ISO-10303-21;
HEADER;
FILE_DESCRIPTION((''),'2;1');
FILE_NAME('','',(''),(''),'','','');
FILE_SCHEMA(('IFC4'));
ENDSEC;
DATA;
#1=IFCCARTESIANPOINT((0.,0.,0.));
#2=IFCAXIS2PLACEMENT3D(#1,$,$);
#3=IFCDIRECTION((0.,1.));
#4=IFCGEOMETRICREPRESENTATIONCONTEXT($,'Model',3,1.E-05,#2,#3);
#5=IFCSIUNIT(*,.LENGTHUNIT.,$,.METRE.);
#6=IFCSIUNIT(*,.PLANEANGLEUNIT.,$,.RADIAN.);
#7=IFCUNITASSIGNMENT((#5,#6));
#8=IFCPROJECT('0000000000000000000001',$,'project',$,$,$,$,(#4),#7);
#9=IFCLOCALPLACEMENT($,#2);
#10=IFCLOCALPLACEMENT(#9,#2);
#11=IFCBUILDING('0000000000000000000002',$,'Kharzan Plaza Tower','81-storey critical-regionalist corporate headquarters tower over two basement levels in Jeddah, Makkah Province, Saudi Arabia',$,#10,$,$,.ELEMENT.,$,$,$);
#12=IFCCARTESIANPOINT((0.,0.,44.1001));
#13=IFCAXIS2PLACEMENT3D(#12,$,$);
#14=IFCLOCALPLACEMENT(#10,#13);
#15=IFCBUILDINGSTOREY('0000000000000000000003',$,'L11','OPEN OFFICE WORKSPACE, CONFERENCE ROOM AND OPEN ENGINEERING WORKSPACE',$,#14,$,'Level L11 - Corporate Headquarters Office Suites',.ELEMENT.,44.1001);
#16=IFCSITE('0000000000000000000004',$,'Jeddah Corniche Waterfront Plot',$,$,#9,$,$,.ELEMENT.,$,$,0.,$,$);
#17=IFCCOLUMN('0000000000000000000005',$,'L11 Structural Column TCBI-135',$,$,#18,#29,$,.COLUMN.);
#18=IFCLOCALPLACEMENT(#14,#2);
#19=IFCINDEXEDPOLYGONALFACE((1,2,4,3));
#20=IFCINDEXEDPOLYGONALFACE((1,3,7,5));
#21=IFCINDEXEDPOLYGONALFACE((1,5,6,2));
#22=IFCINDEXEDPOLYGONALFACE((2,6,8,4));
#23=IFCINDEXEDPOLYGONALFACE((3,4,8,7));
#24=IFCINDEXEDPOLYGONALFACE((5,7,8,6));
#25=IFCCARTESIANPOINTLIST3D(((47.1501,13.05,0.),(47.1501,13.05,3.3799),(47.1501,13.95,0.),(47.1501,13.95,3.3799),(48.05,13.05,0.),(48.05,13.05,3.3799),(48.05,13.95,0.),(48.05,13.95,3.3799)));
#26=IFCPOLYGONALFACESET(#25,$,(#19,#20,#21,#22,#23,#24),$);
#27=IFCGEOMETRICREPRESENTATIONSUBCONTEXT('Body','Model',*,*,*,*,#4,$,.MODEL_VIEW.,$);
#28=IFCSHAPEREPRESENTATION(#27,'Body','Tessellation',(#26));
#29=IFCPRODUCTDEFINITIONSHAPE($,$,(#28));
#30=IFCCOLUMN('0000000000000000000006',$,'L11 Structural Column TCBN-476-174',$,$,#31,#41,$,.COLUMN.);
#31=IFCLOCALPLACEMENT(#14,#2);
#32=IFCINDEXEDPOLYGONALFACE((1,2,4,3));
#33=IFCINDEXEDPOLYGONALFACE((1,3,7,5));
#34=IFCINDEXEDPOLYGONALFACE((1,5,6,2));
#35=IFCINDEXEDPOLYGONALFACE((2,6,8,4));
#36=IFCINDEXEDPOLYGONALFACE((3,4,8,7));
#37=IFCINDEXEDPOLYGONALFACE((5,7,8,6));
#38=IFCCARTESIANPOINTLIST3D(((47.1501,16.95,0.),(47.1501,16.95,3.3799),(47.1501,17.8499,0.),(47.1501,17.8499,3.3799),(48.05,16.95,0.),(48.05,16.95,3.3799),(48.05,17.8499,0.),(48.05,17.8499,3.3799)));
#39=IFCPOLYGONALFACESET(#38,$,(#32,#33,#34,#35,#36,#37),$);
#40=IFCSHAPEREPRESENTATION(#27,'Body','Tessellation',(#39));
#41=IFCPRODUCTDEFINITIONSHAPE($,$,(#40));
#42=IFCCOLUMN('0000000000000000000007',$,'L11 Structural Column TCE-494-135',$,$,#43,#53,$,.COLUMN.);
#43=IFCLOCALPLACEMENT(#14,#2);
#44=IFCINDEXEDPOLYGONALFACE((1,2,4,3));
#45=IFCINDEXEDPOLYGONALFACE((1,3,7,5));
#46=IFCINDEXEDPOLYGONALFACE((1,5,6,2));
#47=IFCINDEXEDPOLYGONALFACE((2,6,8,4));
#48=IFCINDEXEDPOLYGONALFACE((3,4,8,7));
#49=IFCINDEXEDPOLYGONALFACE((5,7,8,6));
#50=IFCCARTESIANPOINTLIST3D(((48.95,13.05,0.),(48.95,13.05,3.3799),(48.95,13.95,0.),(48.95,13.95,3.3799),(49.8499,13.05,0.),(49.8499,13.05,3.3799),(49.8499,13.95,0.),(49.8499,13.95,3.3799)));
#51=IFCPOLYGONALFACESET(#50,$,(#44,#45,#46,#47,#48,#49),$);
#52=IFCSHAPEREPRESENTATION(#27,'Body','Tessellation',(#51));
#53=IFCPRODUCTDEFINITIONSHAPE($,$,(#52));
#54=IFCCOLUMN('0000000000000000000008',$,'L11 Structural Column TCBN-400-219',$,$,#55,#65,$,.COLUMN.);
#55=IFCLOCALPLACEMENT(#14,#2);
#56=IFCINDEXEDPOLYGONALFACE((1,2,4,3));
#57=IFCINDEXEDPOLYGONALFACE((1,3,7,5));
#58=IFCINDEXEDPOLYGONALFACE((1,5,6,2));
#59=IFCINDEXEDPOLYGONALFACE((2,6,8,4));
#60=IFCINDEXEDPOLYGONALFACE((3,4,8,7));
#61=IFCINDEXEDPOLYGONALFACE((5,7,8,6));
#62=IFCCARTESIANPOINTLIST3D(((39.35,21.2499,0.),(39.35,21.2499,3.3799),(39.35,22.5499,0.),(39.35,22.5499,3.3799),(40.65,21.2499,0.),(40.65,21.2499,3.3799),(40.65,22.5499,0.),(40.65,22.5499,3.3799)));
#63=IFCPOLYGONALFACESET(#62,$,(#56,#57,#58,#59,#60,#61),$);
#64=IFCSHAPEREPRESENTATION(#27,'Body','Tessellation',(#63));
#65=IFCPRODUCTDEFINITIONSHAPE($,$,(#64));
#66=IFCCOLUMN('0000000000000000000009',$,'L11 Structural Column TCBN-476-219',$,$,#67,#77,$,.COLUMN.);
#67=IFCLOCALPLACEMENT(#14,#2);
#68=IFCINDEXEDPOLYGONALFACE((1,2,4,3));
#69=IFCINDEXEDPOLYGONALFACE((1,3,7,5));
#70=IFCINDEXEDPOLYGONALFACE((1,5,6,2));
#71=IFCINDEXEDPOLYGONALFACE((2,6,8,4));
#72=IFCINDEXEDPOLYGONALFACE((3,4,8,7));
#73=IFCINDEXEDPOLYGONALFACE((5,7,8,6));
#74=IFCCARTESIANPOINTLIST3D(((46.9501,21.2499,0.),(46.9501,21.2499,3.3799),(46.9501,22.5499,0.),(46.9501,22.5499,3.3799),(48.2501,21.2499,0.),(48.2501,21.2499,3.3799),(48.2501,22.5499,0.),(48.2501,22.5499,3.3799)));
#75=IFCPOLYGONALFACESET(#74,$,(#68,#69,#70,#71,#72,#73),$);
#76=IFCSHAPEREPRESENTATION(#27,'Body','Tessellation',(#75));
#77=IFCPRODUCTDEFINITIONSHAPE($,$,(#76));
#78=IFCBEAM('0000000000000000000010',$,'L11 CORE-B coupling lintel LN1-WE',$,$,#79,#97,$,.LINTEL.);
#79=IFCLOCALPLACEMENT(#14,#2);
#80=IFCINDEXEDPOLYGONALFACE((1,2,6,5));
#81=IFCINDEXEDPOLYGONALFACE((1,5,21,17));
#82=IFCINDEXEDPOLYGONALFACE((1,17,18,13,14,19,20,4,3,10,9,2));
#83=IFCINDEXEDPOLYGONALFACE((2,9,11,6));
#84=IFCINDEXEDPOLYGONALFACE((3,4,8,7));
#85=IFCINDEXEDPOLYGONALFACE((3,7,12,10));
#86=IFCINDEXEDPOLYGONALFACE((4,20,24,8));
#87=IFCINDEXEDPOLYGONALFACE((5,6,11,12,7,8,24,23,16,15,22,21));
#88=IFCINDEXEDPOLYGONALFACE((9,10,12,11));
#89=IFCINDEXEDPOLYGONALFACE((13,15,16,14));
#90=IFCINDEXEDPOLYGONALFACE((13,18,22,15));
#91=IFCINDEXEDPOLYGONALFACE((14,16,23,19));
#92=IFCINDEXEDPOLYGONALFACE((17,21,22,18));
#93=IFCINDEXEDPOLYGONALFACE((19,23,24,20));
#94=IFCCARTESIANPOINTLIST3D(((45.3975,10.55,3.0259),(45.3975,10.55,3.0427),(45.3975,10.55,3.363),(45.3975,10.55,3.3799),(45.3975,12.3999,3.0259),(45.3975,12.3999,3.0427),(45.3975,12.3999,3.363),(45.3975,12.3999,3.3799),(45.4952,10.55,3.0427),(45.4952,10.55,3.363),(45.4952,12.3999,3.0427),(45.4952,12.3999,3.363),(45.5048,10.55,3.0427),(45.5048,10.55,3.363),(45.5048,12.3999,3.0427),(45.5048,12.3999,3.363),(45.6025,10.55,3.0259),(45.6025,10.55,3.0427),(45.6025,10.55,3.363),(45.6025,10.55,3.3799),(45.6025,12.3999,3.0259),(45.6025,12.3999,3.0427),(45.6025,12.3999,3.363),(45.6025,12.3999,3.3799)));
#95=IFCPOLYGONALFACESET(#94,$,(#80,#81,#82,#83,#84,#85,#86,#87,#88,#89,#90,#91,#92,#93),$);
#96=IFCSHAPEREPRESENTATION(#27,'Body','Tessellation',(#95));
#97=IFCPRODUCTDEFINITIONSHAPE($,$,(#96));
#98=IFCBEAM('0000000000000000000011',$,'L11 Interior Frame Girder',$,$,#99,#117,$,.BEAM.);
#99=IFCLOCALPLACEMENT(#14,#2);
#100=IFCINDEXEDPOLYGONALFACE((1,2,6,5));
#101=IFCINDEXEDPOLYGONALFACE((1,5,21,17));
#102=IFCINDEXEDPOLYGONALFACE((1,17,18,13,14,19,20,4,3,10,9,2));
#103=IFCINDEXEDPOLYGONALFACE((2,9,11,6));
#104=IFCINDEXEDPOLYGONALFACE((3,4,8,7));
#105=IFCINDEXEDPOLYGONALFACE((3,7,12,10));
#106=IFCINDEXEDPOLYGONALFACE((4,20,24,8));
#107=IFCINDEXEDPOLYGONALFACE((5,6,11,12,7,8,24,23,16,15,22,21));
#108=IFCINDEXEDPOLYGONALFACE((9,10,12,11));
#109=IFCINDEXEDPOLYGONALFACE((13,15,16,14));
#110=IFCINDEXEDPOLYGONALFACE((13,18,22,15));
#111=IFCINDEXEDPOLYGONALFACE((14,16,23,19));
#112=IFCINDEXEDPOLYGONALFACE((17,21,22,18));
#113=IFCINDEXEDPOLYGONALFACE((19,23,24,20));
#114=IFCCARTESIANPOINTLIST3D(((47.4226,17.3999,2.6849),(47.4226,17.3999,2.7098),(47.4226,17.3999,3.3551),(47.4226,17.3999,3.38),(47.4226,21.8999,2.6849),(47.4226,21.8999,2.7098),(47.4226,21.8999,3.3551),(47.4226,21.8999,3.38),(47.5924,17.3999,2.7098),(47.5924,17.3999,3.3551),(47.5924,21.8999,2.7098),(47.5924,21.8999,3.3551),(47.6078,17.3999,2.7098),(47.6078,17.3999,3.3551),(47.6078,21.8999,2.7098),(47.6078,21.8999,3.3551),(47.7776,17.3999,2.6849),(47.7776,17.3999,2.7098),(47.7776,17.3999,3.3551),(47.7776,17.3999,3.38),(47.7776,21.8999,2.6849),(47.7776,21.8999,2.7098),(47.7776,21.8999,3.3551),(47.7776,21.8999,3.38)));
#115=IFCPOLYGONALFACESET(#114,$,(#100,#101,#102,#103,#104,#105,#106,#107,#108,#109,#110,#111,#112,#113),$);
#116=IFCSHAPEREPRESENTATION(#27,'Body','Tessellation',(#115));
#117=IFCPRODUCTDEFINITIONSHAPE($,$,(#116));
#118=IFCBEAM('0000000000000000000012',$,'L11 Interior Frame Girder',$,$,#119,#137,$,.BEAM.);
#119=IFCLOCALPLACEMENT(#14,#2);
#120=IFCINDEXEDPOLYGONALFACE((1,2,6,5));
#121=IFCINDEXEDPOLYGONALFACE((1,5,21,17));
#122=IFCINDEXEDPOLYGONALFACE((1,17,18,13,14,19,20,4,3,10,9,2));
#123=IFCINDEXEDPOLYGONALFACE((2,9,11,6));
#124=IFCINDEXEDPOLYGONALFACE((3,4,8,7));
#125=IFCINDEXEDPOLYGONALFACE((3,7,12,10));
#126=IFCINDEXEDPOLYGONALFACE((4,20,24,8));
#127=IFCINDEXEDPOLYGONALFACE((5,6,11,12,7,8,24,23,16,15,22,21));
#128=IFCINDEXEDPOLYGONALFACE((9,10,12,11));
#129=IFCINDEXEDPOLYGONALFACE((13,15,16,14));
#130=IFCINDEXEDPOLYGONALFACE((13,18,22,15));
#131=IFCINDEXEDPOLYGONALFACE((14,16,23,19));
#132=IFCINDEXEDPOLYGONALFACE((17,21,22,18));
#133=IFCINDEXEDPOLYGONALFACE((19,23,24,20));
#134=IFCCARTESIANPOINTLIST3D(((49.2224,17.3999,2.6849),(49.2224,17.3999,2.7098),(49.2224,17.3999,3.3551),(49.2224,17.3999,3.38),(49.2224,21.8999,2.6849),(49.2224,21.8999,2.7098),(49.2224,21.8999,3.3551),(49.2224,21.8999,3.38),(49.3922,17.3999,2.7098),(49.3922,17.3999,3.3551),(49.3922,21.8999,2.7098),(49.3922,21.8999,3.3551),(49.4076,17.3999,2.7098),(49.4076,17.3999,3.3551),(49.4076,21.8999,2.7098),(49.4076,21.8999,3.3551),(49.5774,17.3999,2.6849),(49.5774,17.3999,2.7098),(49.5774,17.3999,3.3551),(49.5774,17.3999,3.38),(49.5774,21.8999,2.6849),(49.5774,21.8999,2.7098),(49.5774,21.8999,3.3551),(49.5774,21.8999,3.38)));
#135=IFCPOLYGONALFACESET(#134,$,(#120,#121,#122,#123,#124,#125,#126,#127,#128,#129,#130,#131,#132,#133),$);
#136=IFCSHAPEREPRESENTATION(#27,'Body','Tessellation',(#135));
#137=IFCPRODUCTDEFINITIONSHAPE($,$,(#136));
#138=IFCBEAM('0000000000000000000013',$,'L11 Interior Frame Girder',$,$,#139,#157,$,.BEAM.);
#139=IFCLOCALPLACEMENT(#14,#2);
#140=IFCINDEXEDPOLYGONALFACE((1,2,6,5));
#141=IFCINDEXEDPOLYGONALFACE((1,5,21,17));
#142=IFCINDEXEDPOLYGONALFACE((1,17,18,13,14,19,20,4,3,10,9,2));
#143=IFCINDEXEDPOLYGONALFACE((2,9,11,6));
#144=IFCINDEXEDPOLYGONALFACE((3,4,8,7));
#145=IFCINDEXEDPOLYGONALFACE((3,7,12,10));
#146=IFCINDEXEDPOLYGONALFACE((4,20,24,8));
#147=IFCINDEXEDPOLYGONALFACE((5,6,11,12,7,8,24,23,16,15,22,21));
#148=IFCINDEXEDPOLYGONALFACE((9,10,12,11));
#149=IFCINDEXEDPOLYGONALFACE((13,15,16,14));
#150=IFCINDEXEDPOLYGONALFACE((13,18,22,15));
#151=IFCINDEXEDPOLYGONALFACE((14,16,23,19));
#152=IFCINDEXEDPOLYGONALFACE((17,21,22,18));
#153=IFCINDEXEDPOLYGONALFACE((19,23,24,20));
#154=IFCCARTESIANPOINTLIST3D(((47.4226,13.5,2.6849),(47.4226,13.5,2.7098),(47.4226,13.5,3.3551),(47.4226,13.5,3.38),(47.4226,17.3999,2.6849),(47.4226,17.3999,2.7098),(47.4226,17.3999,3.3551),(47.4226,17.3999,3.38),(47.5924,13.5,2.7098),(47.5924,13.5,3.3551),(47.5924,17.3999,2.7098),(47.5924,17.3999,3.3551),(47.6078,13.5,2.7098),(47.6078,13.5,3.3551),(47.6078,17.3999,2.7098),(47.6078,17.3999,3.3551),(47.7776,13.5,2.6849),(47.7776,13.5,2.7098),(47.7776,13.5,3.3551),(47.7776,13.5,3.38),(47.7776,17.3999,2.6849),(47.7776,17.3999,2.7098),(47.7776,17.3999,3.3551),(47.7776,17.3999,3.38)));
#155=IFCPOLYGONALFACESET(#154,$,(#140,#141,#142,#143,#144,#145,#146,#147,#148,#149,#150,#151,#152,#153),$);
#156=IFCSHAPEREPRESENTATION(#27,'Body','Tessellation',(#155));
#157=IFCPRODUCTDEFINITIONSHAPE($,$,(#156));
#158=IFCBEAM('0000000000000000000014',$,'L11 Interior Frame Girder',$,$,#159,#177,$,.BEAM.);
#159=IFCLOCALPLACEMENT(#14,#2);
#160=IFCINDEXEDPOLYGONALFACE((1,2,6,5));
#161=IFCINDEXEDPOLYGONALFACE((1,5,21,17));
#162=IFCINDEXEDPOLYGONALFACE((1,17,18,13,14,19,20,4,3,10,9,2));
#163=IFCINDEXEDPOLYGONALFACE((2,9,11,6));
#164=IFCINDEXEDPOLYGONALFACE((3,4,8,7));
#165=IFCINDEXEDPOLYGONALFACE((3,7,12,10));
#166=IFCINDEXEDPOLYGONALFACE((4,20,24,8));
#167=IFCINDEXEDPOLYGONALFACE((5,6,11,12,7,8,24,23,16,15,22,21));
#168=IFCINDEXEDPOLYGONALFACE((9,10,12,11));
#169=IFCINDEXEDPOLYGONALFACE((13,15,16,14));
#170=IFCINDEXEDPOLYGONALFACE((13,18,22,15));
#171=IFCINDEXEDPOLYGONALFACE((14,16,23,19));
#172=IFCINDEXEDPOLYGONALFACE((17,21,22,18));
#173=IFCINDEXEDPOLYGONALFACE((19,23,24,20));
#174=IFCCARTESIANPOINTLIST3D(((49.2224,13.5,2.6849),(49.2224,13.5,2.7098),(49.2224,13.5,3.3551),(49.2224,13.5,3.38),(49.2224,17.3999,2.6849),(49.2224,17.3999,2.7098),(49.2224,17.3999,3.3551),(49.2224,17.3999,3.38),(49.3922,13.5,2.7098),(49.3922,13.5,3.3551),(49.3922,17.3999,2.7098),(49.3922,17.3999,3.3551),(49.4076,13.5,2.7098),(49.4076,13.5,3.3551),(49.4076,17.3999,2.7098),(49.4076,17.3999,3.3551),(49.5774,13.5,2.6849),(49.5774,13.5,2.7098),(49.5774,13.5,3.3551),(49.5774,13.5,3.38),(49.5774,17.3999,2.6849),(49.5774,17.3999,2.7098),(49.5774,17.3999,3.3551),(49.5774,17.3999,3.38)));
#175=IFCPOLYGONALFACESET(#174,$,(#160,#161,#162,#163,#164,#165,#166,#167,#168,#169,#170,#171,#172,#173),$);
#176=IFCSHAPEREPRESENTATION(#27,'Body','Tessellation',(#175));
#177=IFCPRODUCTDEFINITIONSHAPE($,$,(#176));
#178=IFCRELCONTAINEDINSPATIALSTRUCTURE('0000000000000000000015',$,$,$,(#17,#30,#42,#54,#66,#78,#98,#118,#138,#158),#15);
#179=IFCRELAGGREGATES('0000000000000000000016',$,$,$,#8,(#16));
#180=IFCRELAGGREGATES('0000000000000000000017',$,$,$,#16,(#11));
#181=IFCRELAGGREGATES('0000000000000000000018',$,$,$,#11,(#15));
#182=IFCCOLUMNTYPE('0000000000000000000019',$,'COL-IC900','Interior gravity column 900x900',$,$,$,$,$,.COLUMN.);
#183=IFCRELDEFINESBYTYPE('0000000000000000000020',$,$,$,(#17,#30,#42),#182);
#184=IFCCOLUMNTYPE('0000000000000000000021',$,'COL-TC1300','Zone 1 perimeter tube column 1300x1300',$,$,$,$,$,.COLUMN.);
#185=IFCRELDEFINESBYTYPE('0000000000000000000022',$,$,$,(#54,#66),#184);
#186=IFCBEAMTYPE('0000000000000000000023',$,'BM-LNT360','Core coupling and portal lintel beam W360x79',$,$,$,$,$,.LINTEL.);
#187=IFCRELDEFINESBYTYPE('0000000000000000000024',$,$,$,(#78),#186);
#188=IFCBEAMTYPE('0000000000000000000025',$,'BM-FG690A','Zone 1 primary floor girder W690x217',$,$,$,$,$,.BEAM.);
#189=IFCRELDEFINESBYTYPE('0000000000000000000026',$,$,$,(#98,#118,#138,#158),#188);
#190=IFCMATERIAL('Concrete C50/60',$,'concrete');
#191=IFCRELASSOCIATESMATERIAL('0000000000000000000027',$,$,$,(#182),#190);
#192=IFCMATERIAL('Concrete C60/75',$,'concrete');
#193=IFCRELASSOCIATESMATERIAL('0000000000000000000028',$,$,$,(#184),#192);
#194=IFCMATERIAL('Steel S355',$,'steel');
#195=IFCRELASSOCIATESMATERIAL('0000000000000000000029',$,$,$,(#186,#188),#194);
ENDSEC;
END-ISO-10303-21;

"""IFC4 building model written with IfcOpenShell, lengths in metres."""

from ifc_helpers import new_model, si_unit, direction, frame, origin, origin_2d, place, context, subcontext, project, spatial, rectangle, i_section, extrude, source, transform, mapped, material, material_profile, profile_set, type_object, element, save


model = new_model("IFC4")

# Units and contexts
model_context = context("Model", 3, precision=1e-05, world=origin(), true_north=direction((0.0, 1.0)))
body_context = subcontext(model_context, "Body", "Model", "MODEL_VIEW")
ifc_project = project(units=[si_unit("LENGTHUNIT", "METRE"), si_unit("PLANEANGLEUNIT", "RADIAN")], contexts=[model_context])

# Site, building, storey
site_placement = place(None, origin())
site = spatial("IfcSite", under=ifc_project, at=site_placement, Name="Jeddah Corniche Waterfront Plot", CompositionType="ELEMENT", RefElevation=0.0)
building_placement = place(site_placement, origin())
building = spatial("IfcBuilding", under=site, at=building_placement, Name="Kharzan Plaza Tower", Description="81-storey critical-regionalist corporate headquarters tower over two basement levels in Jeddah, Makkah Province, Saudi Arabia", CompositionType="ELEMENT")
storey_placement = place(building_placement, frame((0.0, 0.0, 44.1001)))
storey = spatial("IfcBuildingStorey", under=building, at=storey_placement, Name="L11", Description="OPEN OFFICE WORKSPACE, CONFERENCE ROOM AND OPEN ENGINEERING WORKSPACE", LongName="Level L11 - Corporate Headquarters Office Suites", CompositionType="ELEMENT", Elevation=44.1001)

# Columns
ifc_material_1 = material(Name="Concrete C50/60", Category="concrete")
ifc_material_profile_1 = material_profile(ifc_material_1, rectangle(XDim=0.8999, YDim=0.8999, at=origin_2d()), Name="RC-IC900x900")
ifc_profile_set_1 = profile_set([ifc_material_profile_1], Name="Concrete C50/60")
column_type_1 = type_object("IfcColumnType", Name="COL-IC900", Description="Interior gravity column 900x900", PredefinedType="COLUMN", material=ifc_profile_set_1)
shared_shape_1 = source(origin(), body_context, "Body", "SweptSolid", [
    extrude(rectangle(XDim=0.8999, YDim=0.8999, at=origin_2d()), origin(), (0.0, 0.0, 1.0), 3.3799),
])
for number, where, z_axis, x_axis, name in (
    (1, (47.6001, 13.5, 0.0), (0.0, 0.0, 1.0), (1.0, 0.0, 0.0), "L11 Structural Column TCBI-135"),
    (2, (47.6001, 17.3999, 0.0), (0.0, 0.0, 1.0), (1.0, 0.0, 0.0), "L11 Structural Column TCBN-476-174"),
    (3, (49.3999, 13.5, 0.0), (0.0, 0.0, 1.0), (1.0, 0.0, 0.0), "L11 Structural Column TCE-494-135"),
):
    element("IfcColumn", number, at=place(storey_placement, frame(where, z_axis=z_axis, x_axis=x_axis)), inside=storey, type_object=column_type_1, Name=name, PredefinedType="COLUMN", context=body_context, shape_type="MappedRepresentation", body=[
        mapped(shared_shape_1, transform((0.0, 0.0, 0.0), x_axis=(1.0, 0.0, 0.0), y_axis=(0.0, 1.0, 0.0), z_axis=(0.0, 0.0, 1.0))),
    ])
ifc_material_2 = material(Name="Concrete C60/75", Category="concrete")
ifc_material_profile_2 = material_profile(ifc_material_2, rectangle(XDim=1.3, YDim=1.3, at=origin_2d()), Name="RC-TC1300x1300")
ifc_profile_set_2 = profile_set([ifc_material_profile_2], Name="Concrete C60/75")
column_type_2 = type_object("IfcColumnType", Name="COL-TC1300", Description="Zone 1 perimeter tube column 1300x1300", PredefinedType="COLUMN", material=ifc_profile_set_2)
shared_shape_2 = source(origin(), body_context, "Body", "SweptSolid", [
    extrude(rectangle(XDim=1.3, YDim=1.3, at=origin_2d()), origin(), (0.0, 0.0, 1.0), 3.3799),
])
for number, where, z_axis, x_axis, name in (
    (4, (40.0, 21.8999, 0.0), (0.0, 0.0, 1.0), (1.0, 0.0, 0.0), "L11 Structural Column TCBN-400-219"),
    (5, (47.6001, 21.8999, 0.0), (0.0, 0.0, 1.0), (1.0, 0.0, 0.0), "L11 Structural Column TCBN-476-219"),
):
    element("IfcColumn", number, at=place(storey_placement, frame(where, z_axis=z_axis, x_axis=x_axis)), inside=storey, type_object=column_type_2, Name=name, PredefinedType="COLUMN", context=body_context, shape_type="MappedRepresentation", body=[
        mapped(shared_shape_2, transform((0.0, 0.0, 0.0), x_axis=(1.0, 0.0, 0.0), y_axis=(0.0, 1.0, 0.0), z_axis=(0.0, 0.0, 1.0))),
    ])

# Beams
ifc_material_3 = material(Name="Steel S355", Category="steel")
ifc_material_profile_3 = material_profile(ifc_material_3, i_section(OverallWidth=0.2051, OverallDepth=0.354, WebThickness=0.0095, FlangeThickness=0.0168, at=origin_2d()), Name="W360x79")
ifc_profile_set_3 = profile_set([ifc_material_profile_3], Name="Steel S355")
beam_type_1 = type_object("IfcBeamType", Name="BM-LNT360", Description="Core coupling and portal lintel beam W360x79", PredefinedType="LINTEL", material=ifc_profile_set_3)
shared_shape_3 = source(origin(), body_context, "Body", "SweptSolid", [
    extrude(i_section(OverallWidth=0.2051, OverallDepth=0.354, WebThickness=0.0095, FlangeThickness=0.0168, at=origin_2d()), origin(), (0.0, 0.0, 1.0), 1.8499),
])
beam_placement = place(storey_placement, frame((45.5, 10.55, 3.2029), z_axis=(0.0, 1.0, 0.0), x_axis=(-1.0, 0.0, 0.0)))
element("IfcBeam", 6, at=beam_placement, inside=storey, type_object=beam_type_1, Name="L11 CORE-B coupling lintel LN1-WE", PredefinedType="LINTEL", context=body_context, shape_type="MappedRepresentation", body=[
    mapped(shared_shape_3, transform((0.0, 0.0, 0.0), x_axis=(1.0, 0.0, 0.0), y_axis=(0.0, 1.0, 0.0), z_axis=(0.0, 0.0, 1.0))),
])
ifc_material_profile_4 = material_profile(ifc_material_3, i_section(OverallWidth=0.355, OverallDepth=0.6951, WebThickness=0.0154, FlangeThickness=0.0249, at=origin_2d()), Name="W690x217")
ifc_profile_set_4 = profile_set([ifc_material_profile_4], Name="Steel S355")
beam_type_2 = type_object("IfcBeamType", Name="BM-FG690A", Description="Zone 1 primary floor girder W690x217", PredefinedType="BEAM", material=ifc_profile_set_4)
shared_shape_4 = source(origin(), body_context, "Body", "SweptSolid", [
    extrude(i_section(OverallWidth=0.355, OverallDepth=0.6951, WebThickness=0.0154, FlangeThickness=0.0249, at=origin_2d()), origin(), (0.0, 0.0, 1.0), 4.5),
])
for number, where, z_axis, x_axis, name in (
    (7, (47.6001, 17.3999, 3.0325), (0.0, 1.0, 0.0), (-1.0, 0.0, 0.0), "L11 Interior Frame Girder"),
    (8, (49.3999, 17.3999, 3.0325), (0.0, 1.0, 0.0), (-1.0, 0.0, 0.0), "L11 Interior Frame Girder"),
):
    element("IfcBeam", number, at=place(storey_placement, frame(where, z_axis=z_axis, x_axis=x_axis)), inside=storey, type_object=beam_type_2, Name=name, PredefinedType="BEAM", context=body_context, shape_type="MappedRepresentation", body=[
        mapped(shared_shape_4, transform((0.0, 0.0, 0.0), x_axis=(1.0, 0.0, 0.0), y_axis=(0.0, 1.0, 0.0), z_axis=(0.0, 0.0, 1.0))),
    ])
shared_shape_5 = source(origin(), body_context, "Body", "SweptSolid", [
    extrude(i_section(OverallWidth=0.355, OverallDepth=0.6951, WebThickness=0.0154, FlangeThickness=0.0249, at=origin_2d()), origin(), (0.0, 0.0, 1.0), 3.8999),
])
for number, where, z_axis, x_axis, name in (
    (9, (47.6001, 13.5, 3.0325), (0.0, 1.0, 0.0), (-1.0, 0.0, 0.0), "L11 Interior Frame Girder"),
    (10, (49.3999, 13.5, 3.0325), (0.0, 1.0, 0.0), (-1.0, 0.0, 0.0), "L11 Interior Frame Girder"),
):
    element("IfcBeam", number, at=place(storey_placement, frame(where, z_axis=z_axis, x_axis=x_axis)), inside=storey, type_object=beam_type_2, Name=name, PredefinedType="BEAM", context=body_context, shape_type="MappedRepresentation", body=[
        mapped(shared_shape_5, transform((0.0, 0.0, 0.0), x_axis=(1.0, 0.0, 0.0), y_axis=(0.0, 1.0, 0.0), z_axis=(0.0, 0.0, 1.0))),
    ])

save(model, "model.ifc")
